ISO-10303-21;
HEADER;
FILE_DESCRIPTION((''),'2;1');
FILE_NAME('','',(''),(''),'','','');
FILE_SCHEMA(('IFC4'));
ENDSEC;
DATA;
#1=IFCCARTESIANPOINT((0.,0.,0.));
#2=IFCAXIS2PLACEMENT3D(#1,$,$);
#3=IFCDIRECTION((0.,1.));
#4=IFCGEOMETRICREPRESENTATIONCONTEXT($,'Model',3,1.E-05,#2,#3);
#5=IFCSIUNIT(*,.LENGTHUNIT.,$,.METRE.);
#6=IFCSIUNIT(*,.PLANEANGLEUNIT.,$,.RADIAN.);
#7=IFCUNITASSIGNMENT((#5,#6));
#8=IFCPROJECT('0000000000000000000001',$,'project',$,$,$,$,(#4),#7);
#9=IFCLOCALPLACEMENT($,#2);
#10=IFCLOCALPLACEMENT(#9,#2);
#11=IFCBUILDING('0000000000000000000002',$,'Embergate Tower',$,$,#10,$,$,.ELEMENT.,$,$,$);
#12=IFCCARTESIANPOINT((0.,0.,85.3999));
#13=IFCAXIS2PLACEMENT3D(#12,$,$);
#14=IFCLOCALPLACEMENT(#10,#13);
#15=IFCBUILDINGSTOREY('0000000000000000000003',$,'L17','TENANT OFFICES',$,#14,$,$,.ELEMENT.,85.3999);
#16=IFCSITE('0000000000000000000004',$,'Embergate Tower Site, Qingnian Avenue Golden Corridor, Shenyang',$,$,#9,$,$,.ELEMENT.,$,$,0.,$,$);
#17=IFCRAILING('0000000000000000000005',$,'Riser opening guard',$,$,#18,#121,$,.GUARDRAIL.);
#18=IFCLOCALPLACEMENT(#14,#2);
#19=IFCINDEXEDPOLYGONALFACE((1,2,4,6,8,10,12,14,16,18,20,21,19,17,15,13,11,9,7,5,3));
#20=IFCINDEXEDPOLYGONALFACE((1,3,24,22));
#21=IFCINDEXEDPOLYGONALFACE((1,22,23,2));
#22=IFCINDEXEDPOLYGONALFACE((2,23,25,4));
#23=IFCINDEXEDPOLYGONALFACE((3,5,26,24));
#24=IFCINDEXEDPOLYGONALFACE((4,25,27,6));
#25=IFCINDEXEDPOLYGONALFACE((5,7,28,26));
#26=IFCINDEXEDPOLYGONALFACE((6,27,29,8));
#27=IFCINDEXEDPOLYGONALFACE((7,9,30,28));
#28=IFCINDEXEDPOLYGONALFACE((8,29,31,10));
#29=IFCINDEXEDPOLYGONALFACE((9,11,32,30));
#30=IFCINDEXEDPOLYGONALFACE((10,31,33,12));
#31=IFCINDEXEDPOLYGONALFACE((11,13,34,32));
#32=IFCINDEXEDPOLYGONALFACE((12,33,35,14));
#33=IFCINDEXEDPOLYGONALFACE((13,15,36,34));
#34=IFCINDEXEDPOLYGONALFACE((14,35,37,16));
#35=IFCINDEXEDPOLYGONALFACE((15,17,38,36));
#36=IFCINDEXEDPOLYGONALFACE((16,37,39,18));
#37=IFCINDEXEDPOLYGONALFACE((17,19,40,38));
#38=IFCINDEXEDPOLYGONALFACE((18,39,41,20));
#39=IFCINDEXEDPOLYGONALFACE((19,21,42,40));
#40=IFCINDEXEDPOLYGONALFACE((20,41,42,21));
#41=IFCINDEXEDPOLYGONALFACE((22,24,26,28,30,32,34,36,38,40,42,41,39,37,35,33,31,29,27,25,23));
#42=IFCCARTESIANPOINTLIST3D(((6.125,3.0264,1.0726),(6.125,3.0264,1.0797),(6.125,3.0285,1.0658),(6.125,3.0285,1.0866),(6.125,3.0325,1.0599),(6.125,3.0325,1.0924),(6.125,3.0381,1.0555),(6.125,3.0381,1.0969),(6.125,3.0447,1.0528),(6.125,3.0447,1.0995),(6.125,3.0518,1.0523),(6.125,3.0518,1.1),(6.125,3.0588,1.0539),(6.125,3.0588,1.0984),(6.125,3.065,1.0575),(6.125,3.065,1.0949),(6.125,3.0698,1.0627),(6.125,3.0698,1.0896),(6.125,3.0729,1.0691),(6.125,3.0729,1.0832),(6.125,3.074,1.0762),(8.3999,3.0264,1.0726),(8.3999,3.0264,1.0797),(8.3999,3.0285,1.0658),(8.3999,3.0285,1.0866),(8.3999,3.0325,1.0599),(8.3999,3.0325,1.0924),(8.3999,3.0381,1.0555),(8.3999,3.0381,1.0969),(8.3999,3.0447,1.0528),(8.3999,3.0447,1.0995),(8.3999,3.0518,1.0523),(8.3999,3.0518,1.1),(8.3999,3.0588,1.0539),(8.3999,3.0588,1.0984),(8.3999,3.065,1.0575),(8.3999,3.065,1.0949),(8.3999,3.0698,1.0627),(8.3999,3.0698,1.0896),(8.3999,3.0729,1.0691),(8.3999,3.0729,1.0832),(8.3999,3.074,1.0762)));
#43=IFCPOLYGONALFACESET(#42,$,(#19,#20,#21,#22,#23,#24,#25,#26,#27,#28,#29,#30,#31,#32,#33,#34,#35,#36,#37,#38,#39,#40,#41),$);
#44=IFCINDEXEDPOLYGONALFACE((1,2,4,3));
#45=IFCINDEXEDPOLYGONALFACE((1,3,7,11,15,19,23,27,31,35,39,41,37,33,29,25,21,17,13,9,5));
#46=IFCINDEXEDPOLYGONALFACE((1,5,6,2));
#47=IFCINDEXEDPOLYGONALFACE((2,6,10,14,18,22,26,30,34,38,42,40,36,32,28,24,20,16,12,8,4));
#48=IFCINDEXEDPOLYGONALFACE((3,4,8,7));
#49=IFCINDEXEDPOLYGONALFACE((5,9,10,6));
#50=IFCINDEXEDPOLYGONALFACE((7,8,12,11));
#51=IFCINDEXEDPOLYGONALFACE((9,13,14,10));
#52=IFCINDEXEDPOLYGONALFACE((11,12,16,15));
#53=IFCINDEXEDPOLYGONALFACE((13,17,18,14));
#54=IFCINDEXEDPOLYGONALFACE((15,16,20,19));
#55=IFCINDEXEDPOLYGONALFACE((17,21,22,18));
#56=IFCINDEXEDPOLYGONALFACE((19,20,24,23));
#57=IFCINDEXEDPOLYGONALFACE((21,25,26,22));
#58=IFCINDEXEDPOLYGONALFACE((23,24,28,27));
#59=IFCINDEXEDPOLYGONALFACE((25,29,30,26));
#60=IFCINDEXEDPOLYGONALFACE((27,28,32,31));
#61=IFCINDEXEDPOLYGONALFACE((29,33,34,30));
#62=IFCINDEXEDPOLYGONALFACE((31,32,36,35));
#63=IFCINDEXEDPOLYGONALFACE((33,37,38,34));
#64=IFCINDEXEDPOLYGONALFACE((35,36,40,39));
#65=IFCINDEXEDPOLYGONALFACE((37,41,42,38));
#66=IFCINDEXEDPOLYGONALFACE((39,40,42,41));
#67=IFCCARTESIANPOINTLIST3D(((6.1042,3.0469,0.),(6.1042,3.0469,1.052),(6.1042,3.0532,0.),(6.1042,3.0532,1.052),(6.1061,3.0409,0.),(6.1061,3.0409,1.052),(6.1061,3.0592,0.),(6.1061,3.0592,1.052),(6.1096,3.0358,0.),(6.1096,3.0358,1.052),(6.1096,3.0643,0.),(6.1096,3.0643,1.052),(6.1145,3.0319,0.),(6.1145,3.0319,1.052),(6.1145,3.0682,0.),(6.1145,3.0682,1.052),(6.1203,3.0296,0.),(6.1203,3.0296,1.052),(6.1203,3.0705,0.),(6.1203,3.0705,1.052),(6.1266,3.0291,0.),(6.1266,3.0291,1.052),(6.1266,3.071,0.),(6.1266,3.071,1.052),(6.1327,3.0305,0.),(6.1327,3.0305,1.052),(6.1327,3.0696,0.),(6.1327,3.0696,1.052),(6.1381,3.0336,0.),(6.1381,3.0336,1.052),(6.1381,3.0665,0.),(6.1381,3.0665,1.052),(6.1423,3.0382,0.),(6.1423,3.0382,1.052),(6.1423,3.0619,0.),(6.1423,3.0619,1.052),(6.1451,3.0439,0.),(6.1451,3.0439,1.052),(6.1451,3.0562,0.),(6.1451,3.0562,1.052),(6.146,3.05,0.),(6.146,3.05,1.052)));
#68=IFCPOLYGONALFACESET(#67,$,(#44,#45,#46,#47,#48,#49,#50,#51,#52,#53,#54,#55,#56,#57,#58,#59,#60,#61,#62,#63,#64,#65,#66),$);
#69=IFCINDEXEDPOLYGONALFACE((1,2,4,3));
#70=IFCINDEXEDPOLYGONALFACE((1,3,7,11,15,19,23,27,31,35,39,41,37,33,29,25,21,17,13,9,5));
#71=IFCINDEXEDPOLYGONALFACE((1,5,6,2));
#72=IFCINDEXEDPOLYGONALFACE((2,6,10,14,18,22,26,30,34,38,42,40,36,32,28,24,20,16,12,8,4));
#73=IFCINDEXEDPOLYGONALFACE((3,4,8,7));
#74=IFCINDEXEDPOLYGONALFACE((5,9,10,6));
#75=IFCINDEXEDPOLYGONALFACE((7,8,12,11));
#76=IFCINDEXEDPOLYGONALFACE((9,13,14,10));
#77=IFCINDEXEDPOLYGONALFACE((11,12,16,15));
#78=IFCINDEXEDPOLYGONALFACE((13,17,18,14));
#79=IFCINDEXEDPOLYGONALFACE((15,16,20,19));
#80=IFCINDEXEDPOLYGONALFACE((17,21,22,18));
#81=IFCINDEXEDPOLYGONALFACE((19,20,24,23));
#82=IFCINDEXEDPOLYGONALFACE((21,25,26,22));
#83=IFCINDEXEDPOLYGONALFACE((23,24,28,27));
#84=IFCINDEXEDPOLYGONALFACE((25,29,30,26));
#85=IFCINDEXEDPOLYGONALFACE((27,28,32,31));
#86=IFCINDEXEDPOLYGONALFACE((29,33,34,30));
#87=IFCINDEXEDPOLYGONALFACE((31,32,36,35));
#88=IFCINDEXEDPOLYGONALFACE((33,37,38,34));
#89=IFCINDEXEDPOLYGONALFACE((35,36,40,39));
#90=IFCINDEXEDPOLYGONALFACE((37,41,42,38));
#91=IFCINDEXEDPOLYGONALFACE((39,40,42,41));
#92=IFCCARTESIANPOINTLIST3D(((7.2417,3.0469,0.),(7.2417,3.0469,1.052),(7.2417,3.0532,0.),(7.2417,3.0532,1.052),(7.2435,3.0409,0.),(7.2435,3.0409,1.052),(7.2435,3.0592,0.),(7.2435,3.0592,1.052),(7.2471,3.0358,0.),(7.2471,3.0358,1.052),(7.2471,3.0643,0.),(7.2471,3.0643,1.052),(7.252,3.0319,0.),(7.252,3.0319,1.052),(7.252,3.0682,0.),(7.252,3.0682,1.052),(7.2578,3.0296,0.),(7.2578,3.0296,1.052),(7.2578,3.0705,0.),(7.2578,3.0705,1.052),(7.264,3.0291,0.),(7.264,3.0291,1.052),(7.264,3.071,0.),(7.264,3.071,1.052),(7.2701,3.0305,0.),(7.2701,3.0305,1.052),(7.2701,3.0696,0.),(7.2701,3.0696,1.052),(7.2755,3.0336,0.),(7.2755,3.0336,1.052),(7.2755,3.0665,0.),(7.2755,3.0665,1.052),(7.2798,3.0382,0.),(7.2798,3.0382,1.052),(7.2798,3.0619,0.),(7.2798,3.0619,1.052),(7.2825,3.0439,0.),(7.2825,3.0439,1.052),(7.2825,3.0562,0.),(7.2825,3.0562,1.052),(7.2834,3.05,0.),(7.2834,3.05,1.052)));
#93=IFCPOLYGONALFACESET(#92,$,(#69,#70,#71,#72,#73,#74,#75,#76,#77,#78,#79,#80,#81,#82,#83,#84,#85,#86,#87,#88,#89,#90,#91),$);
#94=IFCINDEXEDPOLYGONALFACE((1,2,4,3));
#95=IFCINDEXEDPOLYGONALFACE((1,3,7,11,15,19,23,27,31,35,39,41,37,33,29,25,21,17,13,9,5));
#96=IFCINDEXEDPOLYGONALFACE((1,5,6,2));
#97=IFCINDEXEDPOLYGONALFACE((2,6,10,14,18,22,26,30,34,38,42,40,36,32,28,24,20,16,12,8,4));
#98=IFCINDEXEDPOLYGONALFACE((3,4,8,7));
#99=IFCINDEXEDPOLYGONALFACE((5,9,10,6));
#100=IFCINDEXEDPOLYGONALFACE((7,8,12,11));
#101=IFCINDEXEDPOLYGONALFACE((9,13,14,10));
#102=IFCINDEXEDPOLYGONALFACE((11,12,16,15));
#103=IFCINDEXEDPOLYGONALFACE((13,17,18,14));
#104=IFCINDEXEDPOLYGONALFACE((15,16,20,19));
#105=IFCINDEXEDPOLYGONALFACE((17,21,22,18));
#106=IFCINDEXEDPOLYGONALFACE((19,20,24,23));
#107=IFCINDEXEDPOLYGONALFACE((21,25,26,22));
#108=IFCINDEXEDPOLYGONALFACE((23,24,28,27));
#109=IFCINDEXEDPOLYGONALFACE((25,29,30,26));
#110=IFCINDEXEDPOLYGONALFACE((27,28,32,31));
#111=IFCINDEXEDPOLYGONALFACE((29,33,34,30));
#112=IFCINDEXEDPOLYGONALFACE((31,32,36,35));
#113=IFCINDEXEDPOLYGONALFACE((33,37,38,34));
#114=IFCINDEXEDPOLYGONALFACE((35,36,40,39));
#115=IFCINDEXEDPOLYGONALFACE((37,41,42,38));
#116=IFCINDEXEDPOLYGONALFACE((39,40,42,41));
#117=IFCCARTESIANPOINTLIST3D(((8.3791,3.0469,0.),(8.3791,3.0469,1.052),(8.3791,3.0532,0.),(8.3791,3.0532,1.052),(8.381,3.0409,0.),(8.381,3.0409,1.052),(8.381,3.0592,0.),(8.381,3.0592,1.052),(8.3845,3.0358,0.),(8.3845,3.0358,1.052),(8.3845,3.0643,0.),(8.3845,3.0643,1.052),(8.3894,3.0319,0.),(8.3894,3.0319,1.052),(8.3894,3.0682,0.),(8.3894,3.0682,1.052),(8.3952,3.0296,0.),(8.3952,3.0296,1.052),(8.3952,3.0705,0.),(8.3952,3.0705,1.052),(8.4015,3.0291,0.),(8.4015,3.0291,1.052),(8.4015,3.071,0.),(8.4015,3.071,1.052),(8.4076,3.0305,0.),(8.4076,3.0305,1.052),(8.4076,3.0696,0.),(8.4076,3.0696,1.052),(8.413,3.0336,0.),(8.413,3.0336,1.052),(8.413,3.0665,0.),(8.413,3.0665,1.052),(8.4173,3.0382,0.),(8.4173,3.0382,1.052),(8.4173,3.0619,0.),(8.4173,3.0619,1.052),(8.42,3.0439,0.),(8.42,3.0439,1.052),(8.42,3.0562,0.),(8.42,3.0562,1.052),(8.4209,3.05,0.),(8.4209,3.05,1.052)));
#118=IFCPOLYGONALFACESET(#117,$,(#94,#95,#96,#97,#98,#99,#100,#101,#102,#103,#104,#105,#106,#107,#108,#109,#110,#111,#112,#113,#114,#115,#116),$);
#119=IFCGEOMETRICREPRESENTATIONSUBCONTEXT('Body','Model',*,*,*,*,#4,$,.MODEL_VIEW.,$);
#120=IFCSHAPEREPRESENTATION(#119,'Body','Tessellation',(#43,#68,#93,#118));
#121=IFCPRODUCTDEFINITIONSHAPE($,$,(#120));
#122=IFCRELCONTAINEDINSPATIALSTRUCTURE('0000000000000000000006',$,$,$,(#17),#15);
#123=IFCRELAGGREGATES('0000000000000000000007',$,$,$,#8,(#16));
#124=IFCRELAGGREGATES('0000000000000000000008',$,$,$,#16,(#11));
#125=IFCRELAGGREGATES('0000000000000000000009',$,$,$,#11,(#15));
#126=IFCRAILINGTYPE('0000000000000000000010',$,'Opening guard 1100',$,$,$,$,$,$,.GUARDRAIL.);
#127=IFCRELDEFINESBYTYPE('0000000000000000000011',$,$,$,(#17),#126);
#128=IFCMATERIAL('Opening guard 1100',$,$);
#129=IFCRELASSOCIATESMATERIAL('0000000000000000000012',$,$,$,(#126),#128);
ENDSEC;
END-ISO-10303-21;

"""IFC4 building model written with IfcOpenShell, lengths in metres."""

from ifc_helpers import new_model, si_unit, direction, frame, origin, origin_2d, place, context, subcontext, project, spatial, circle, extrude, source, transform, mapped, material, type_object, element, save


model = new_model("IFC4")

# Units and contexts
model_context = context("Model", 3, precision=1e-05, world=origin(), true_north=direction((0.0, 1.0)))
body_context = subcontext(model_context, "Body", "Model", "MODEL_VIEW")
ifc_project = project(units=[si_unit("LENGTHUNIT", "METRE"), si_unit("PLANEANGLEUNIT", "RADIAN")], contexts=[model_context])

# Site, building, storey
site_placement = place(None, origin())
site = spatial("IfcSite", under=ifc_project, at=site_placement, Name="Embergate Tower Site, Qingnian Avenue Golden Corridor, Shenyang", CompositionType="ELEMENT", RefElevation=0.0)
building_placement = place(site_placement, origin())
building = spatial("IfcBuilding", under=site, at=building_placement, Name="Embergate Tower", CompositionType="ELEMENT")
storey_placement = place(building_placement, frame((0.0, 0.0, 85.3999)))
storey = spatial("IfcBuildingStorey", under=building, at=storey_placement, Name="L17", Description="TENANT OFFICES", CompositionType="ELEMENT", Elevation=85.3999)

# Railing
ifc_material_1 = material(Name="Opening guard 1100")
railing_type = type_object("IfcRailingType", Name="Opening guard 1100", PredefinedType="GUARDRAIL", material=ifc_material_1)
shared_shape_1 = source(origin(), body_context, "Body", "SweptSolid", [
    extrude(circle(Radius=0.0239, at=origin_2d()), frame((0.0, 0.0, 1.0762), z_axis=(1.0, 0.0, 0.0), x_axis=(0.0, 1.0, 0.0)), (0.0, 0.0, 1.0), 2.2749),
    extrude(circle(Radius=0.021, at=origin_2d()), origin(), (0.0, 0.0, 1.0), 1.052),
    extrude(circle(Radius=0.021, at=origin_2d()), frame((1.1375, 0.0, 0.0)), (0.0, 0.0, 1.0), 1.052),
    extrude(circle(Radius=0.021, at=origin_2d()), frame((2.2749, 0.0, 0.0)), (0.0, 0.0, 1.0), 1.052),
])
railing_placement = place(storey_placement, frame((6.125, 3.05, 0.0)))
element("IfcRailing", 1, at=railing_placement, inside=storey, type_object=railing_type, Name="Riser opening guard", PredefinedType="GUARDRAIL", context=body_context, shape_type="MappedRepresentation", body=[
    mapped(shared_shape_1, transform((0.0, 0.0, 0.0))),
])

save(model, "model.ifc")
